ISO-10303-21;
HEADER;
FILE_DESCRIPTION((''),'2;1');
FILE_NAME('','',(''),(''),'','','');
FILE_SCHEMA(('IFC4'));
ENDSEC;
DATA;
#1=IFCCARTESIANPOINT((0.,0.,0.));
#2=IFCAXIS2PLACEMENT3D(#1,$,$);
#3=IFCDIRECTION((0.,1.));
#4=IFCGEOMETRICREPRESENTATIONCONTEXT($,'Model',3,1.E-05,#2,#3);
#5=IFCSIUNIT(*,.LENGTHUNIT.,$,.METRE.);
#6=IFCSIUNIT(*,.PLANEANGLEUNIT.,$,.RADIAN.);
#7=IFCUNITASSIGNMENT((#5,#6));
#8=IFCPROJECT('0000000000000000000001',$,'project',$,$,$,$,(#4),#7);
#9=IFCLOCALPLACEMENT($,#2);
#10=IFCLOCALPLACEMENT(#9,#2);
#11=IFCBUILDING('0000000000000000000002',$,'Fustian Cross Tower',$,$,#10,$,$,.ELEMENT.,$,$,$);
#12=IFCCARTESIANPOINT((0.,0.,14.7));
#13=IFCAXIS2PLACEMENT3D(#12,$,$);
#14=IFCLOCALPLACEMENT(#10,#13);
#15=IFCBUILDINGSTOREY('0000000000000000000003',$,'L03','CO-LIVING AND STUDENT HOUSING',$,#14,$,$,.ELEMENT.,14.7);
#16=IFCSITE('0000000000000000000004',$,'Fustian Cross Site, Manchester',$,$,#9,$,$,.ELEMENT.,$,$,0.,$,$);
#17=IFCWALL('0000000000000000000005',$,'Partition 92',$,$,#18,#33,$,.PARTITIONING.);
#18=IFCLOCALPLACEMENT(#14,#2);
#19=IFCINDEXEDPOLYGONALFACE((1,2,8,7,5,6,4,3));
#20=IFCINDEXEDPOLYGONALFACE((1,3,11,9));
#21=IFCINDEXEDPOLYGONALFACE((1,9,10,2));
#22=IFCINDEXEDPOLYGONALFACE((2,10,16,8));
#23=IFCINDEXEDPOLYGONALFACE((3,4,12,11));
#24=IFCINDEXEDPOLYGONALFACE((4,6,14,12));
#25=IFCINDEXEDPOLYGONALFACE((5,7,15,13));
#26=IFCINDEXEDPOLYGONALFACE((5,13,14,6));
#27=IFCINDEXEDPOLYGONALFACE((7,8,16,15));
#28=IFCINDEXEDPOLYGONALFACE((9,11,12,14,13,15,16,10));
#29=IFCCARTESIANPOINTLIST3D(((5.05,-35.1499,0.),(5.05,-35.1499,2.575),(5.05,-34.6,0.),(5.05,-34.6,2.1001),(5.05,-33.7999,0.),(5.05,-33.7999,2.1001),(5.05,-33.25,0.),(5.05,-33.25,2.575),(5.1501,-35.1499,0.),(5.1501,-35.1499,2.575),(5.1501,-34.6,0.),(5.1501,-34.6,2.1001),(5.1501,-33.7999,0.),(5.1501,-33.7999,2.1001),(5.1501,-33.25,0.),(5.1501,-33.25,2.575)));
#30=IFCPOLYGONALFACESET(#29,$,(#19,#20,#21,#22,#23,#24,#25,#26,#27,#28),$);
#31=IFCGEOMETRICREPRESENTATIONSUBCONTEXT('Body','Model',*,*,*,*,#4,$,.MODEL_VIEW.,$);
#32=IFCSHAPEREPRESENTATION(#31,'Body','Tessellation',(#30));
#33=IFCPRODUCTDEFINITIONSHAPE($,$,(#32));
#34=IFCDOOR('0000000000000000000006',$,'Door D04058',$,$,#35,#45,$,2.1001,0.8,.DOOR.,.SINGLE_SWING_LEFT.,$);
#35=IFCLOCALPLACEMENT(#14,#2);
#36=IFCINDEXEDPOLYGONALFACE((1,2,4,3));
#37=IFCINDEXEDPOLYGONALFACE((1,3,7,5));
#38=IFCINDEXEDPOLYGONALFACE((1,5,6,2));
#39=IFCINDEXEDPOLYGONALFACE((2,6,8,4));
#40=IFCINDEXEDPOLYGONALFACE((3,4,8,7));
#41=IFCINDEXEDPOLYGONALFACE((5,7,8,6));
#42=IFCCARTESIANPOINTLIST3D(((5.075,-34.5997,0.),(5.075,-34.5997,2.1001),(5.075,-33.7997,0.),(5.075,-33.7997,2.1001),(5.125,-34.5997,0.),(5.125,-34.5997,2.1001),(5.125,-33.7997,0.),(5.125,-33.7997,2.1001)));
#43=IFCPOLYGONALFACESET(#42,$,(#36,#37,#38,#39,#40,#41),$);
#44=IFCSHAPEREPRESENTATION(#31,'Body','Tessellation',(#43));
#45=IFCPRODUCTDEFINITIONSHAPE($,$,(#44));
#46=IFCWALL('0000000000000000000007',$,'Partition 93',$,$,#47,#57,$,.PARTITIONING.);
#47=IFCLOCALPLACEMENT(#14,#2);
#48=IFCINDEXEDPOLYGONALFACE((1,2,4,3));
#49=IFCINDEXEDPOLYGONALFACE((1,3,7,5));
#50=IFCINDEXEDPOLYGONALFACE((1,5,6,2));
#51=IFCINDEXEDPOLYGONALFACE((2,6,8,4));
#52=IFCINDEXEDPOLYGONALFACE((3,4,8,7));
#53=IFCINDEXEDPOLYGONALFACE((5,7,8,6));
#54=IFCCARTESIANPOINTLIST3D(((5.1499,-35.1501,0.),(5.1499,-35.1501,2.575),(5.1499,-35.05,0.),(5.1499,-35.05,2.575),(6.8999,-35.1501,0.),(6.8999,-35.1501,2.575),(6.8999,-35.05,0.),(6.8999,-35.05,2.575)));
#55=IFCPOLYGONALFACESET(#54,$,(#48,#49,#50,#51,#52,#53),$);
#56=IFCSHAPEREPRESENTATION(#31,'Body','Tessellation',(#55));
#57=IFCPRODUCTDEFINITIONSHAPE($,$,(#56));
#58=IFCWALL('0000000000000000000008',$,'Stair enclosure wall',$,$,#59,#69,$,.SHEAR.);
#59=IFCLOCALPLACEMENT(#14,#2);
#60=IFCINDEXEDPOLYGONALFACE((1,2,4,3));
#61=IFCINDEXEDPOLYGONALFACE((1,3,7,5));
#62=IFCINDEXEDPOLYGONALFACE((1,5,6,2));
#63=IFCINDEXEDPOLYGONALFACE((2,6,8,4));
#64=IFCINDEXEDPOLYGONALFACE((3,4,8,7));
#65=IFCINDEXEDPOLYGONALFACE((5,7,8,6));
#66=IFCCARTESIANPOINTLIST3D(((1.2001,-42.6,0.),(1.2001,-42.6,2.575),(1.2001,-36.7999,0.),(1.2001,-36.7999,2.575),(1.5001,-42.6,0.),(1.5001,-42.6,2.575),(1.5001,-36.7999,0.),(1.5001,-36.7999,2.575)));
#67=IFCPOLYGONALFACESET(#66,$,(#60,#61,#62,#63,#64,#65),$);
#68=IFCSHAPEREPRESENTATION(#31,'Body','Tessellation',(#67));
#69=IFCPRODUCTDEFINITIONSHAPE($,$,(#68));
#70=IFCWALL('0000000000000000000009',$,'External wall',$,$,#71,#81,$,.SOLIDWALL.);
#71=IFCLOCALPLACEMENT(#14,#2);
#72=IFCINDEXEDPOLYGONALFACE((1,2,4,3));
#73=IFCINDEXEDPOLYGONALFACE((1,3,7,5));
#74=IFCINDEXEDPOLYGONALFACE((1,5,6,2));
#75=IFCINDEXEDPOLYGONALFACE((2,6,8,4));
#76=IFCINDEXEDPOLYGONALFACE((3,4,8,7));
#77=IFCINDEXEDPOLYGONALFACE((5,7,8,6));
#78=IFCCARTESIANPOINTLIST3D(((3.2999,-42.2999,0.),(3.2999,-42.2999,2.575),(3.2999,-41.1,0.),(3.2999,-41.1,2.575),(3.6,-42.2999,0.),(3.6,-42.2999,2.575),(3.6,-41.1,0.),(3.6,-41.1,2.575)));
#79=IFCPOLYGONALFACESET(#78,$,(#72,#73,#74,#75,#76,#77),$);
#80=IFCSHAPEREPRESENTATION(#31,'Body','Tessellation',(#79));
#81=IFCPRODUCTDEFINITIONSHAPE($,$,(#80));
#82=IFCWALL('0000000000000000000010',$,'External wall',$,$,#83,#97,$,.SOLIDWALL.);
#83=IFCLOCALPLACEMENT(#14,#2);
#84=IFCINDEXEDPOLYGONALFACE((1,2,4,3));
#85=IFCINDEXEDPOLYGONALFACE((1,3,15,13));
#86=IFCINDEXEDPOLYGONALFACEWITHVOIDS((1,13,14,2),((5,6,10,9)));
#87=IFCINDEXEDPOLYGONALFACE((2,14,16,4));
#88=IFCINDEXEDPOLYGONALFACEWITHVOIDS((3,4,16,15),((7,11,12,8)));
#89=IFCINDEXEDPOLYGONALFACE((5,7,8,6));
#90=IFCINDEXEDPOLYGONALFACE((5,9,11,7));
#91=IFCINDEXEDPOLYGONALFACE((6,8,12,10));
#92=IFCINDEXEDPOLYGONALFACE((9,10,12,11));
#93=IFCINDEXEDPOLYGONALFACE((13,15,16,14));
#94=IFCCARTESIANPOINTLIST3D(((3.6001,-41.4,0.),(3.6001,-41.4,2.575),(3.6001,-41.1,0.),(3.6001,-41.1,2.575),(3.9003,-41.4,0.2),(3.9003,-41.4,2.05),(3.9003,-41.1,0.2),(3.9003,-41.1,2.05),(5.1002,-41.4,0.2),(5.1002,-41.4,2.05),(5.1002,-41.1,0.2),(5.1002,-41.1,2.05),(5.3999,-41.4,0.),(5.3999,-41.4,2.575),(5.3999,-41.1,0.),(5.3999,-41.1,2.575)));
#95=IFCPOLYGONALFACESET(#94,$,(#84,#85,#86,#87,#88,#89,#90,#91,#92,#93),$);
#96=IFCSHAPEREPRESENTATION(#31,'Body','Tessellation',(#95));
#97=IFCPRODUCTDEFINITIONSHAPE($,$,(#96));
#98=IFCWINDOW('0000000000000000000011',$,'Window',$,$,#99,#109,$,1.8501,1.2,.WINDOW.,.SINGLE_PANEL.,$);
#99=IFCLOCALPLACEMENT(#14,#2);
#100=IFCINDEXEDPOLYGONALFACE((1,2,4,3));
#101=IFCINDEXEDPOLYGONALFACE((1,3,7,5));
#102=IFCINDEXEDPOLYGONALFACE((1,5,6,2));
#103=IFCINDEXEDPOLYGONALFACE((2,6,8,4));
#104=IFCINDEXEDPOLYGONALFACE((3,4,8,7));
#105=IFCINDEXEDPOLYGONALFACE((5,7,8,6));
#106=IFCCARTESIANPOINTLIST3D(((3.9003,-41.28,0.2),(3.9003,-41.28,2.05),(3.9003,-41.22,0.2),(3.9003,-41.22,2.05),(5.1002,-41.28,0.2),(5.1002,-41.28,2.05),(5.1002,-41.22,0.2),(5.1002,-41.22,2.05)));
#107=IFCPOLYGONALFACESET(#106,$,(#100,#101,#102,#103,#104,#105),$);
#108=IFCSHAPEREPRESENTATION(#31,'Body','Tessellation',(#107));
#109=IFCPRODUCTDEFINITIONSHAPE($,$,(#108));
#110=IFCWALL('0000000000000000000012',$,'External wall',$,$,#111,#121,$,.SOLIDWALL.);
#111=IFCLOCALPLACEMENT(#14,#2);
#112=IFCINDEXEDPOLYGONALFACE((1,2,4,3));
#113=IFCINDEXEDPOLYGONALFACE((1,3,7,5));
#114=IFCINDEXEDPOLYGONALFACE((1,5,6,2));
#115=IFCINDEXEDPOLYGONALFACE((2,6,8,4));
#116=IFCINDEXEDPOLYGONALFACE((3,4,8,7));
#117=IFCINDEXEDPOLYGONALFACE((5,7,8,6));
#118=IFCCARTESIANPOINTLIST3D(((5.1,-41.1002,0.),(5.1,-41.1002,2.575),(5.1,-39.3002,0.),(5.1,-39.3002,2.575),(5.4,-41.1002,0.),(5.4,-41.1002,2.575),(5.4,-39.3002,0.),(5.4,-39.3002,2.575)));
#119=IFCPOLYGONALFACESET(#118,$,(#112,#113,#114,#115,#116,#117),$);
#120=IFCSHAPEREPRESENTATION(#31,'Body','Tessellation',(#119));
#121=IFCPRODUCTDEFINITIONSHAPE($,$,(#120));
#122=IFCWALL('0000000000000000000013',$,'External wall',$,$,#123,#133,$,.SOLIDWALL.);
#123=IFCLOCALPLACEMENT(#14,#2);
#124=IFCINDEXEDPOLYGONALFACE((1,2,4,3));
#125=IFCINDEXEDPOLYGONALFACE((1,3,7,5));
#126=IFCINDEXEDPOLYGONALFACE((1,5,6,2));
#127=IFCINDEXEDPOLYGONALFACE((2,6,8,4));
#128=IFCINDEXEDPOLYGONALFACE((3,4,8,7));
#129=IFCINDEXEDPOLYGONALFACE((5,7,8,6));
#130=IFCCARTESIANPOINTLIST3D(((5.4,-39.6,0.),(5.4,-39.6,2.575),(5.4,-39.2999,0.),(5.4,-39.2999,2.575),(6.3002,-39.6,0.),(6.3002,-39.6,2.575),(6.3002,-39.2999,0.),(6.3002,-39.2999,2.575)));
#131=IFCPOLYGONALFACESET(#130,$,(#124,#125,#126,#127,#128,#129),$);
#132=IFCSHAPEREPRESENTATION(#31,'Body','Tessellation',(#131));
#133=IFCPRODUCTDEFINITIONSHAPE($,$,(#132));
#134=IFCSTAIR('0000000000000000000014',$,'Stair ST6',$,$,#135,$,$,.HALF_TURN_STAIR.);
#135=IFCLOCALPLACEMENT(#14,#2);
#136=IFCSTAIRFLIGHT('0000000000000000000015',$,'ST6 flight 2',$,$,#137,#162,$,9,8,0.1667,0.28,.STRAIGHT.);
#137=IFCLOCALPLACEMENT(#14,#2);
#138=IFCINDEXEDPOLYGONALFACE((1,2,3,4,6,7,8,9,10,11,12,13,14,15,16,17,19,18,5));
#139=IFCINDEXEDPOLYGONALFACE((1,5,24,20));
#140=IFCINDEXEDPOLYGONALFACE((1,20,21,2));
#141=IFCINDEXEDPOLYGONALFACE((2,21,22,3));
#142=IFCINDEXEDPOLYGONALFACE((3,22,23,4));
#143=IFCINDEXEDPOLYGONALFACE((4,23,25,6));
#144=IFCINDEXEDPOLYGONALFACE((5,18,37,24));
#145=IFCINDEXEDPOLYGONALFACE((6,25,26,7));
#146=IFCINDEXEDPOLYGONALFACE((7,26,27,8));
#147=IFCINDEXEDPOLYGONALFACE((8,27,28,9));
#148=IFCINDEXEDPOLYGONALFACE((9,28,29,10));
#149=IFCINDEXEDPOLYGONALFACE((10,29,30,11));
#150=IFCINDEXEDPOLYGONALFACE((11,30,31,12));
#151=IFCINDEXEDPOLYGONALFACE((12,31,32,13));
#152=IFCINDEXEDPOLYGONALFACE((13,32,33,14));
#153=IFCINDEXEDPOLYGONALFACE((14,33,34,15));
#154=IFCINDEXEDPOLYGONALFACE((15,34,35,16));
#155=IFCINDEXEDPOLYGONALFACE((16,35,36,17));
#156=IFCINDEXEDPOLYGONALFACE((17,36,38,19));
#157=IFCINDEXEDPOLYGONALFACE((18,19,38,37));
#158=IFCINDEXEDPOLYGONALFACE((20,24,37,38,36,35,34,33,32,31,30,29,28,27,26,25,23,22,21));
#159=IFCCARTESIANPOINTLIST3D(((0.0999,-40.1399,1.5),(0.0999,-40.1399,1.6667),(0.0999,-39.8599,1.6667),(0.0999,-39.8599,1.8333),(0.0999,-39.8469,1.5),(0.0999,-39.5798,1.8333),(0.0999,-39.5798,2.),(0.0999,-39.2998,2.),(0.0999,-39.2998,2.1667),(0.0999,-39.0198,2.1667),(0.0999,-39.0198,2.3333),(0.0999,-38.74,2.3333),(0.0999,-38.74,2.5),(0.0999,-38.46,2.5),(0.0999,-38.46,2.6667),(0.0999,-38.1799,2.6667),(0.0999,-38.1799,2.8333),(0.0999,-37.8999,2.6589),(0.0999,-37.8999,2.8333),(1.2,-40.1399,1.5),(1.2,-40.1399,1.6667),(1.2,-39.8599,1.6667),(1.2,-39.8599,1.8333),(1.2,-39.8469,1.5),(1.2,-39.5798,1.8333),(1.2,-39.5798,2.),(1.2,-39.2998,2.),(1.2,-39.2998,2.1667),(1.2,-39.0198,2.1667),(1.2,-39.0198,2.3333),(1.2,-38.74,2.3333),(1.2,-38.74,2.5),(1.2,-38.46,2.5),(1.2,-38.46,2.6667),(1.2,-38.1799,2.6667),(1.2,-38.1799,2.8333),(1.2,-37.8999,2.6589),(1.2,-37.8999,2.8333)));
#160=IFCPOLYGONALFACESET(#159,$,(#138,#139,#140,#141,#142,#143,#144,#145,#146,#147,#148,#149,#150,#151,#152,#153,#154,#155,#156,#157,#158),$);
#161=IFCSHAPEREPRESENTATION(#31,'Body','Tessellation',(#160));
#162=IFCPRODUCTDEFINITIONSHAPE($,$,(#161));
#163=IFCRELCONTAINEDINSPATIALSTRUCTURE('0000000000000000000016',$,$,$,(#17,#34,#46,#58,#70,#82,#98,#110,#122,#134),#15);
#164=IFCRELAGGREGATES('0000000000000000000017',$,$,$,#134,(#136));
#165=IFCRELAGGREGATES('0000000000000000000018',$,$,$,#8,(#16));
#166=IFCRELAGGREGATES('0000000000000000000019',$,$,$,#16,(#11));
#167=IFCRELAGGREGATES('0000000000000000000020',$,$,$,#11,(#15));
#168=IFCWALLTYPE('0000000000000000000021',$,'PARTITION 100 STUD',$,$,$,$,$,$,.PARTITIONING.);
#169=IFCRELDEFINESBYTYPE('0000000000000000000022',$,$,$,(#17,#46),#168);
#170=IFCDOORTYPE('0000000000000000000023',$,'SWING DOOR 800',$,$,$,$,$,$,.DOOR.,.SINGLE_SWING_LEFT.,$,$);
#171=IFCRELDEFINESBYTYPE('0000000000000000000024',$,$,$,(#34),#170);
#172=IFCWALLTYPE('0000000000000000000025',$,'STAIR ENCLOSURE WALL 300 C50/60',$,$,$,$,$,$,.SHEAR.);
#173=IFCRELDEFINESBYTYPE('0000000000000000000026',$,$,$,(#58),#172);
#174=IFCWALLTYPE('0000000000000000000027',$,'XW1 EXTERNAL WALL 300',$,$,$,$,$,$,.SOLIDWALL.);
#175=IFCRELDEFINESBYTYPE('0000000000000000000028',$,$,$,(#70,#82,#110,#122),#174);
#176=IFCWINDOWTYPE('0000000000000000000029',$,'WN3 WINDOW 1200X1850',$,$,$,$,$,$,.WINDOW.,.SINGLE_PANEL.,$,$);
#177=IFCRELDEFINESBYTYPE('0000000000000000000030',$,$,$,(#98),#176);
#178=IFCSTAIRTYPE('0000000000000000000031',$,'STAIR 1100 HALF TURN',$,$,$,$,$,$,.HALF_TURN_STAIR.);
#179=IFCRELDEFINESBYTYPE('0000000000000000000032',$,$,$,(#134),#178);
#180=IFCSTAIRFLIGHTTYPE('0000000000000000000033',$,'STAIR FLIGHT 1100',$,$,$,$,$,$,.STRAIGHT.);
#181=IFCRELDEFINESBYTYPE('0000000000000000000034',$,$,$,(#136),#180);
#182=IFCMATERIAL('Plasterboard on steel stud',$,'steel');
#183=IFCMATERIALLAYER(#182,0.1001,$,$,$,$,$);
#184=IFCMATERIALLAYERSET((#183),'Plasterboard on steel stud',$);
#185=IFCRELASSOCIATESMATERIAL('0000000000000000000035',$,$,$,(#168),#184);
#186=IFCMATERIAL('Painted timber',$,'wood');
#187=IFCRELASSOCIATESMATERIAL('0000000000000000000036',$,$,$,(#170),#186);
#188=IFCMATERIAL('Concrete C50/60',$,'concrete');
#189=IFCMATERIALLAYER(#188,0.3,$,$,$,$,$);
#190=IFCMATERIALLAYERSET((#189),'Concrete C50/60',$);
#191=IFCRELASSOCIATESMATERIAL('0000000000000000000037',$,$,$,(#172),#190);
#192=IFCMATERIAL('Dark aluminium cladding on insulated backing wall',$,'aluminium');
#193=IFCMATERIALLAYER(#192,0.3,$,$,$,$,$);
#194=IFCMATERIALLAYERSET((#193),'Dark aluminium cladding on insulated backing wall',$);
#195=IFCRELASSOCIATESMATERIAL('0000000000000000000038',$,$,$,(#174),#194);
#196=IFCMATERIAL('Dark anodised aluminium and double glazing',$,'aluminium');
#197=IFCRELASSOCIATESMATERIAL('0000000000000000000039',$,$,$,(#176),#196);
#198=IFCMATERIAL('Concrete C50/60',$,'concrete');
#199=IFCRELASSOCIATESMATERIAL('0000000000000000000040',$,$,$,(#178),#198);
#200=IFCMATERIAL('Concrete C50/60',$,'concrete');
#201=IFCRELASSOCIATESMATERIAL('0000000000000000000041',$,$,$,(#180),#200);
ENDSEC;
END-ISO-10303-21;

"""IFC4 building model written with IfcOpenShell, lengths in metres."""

from ifc_helpers import new_model, si_unit, direction, frame, frame_2d, origin, place, context, subcontext, project, spatial, polyline, rectangle, outline, extrude, material, layer, layer_set, type_object, element, fill, aggregate, save


model = new_model("IFC4")

# Units and contexts
model_context = context("Model", 3, precision=1e-05, world=origin(), true_north=direction((0.0, 1.0)))
body_context = subcontext(model_context, "Body", "Model", "MODEL_VIEW")
ifc_project = project(units=[si_unit("LENGTHUNIT", "METRE"), si_unit("PLANEANGLEUNIT", "RADIAN")], contexts=[model_context])

# Site, building, storey
site_placement = place(None, origin())
site = spatial("IfcSite", under=ifc_project, at=site_placement, Name="Fustian Cross Site, Manchester", CompositionType="ELEMENT", RefElevation=0.0)
building_placement = place(site_placement, origin())
building = spatial("IfcBuilding", under=site, at=building_placement, Name="Fustian Cross Tower", CompositionType="ELEMENT")
storey_placement = place(building_placement, frame((0.0, 0.0, 14.7)))
storey = spatial("IfcBuildingStorey", under=building, at=storey_placement, Name="L03", Description="CO-LIVING AND STUDENT HOUSING", CompositionType="ELEMENT", Elevation=14.7)

# Wall, opening, door
ifc_material_1 = material(Name="Plasterboard on steel stud", Category="steel")
ifc_layer_1 = layer(ifc_material_1, 0.1001)
ifc_layer_set_1 = layer_set([ifc_layer_1], Name="Plasterboard on steel stud")
wall_type_1 = type_object("IfcWallType", Name="PARTITION 100 STUD", PredefinedType="PARTITIONING", material=ifc_layer_set_1)
wall_1_placement = place(storey_placement, frame((5.1001, -35.1499, 0.0), z_axis=(0.0, 0.0, 1.0), x_axis=(0.0, 1.0, 0.0)))
wall_1 = element("IfcWall", 1, at=wall_1_placement, inside=storey, type_object=wall_type_1, Name="Partition 92", PredefinedType="PARTITIONING", context=body_context, shape_type="SweptSolid", body=[
    extrude(rectangle(XDim=1.8999, YDim=0.1001, at=frame_2d((0.95, 0.0))), origin(), (0.0, 0.0, 1.0), 2.575),
])
opening_1_placement = place(wall_1_placement, frame((0.55, 0.0, 0.0)))
opening_1 = element("IfcOpeningElement", 2, at=opening_1_placement, cuts=wall_1, PredefinedType="OPENING", context=body_context, shape_type="SweptSolid", body=[
    extrude(rectangle(XDim=0.8, YDim=2.1001, at=frame_2d((0.3999, 1.05))), frame((0.0, 0.0601, 0.0), z_axis=(0.0, -1.0, 0.0), x_axis=(1.0, 0.0, 0.0)), (0.0, 0.0, 1.0), 0.1201),
])
ifc_material_2 = material(Name="Painted timber", Category="wood")
door_type_1 = type_object("IfcDoorType", Name="SWING DOOR 800", OperationType="SINGLE_SWING_LEFT", PredefinedType="DOOR", material=ifc_material_2)
door_1_placement = place(opening_1_placement, frame((0.8, 0.0, 0.0), z_axis=(0.0, 0.0, 1.0), x_axis=(-1.0, 0.0, 0.0)))
door_1 = element("IfcDoor", 3, at=door_1_placement, inside=storey, type_object=door_type_1, Name="Door D04058", OperationType="SINGLE_SWING_LEFT", OverallHeight=2.1001, OverallWidth=0.8, PredefinedType="DOOR", context=body_context, shape_type="SweptSolid", body=[
    extrude(rectangle(XDim=0.8, YDim=2.1001, at=frame_2d((0.3999, 1.05))), frame((0.0, 0.0249, 0.0), z_axis=(0.0, -1.0, 0.0), x_axis=(1.0, 0.0, 0.0)), (0.0, 0.0, 1.0), 0.05),
])
fill(opening_1, door_1)

# Walls
wall_2_placement = place(storey_placement, frame((5.1499, -35.1001, 0.0), z_axis=(0.0, 0.0, 1.0), x_axis=(1.0, 0.0, 0.0)))
element("IfcWall", 4, at=wall_2_placement, inside=storey, type_object=wall_type_1, Name="Partition 93", PredefinedType="PARTITIONING", context=body_context, shape_type="SweptSolid", body=[
    extrude(rectangle(XDim=1.75, YDim=0.1001, at=frame_2d((0.875, 0.0))), origin(), (0.0, 0.0, 1.0), 2.575),
])
ifc_material_3 = material(Name="Concrete C50/60", Category="concrete")
ifc_layer_2 = layer(ifc_material_3, 0.3)
ifc_layer_set_2 = layer_set([ifc_layer_2], Name="Concrete C50/60")
wall_type_2 = type_object("IfcWallType", Name="STAIR ENCLOSURE WALL 300 C50/60", PredefinedType="SHEAR", material=ifc_layer_set_2)
wall_3_placement = place(storey_placement, frame((1.3501, -36.8, 0.0), z_axis=(0.0, 0.0, 1.0), x_axis=(0.0, -1.0, 0.0)))
element("IfcWall", 5, at=wall_3_placement, inside=storey, type_object=wall_type_2, Name="Stair enclosure wall", PredefinedType="SHEAR", context=body_context, shape_type="SweptSolid", body=[
    extrude(rectangle(XDim=5.8, YDim=0.3, at=frame_2d((2.8999, 0.0))), origin(), (0.0, 0.0, 1.0), 2.575),
])
ifc_material_4 = material(Name="Dark aluminium cladding on insulated backing wall", Category="aluminium")
ifc_layer_3 = layer(ifc_material_4, 0.3)
ifc_layer_set_3 = layer_set([ifc_layer_3], Name="Dark aluminium cladding on insulated backing wall")
wall_type_3 = type_object("IfcWallType", Name="XW1 EXTERNAL WALL 300", PredefinedType="SOLIDWALL", material=ifc_layer_set_3)
wall_4_placement = place(storey_placement, frame((3.45, -42.3, 0.0), z_axis=(0.0, 0.0, 1.0), x_axis=(0.0, 1.0, 0.0)))
element("IfcWall", 6, at=wall_4_placement, inside=storey, type_object=wall_type_3, Name="External wall", PredefinedType="SOLIDWALL", context=body_context, shape_type="SweptSolid", body=[
    extrude(rectangle(XDim=1.2, YDim=0.3, at=frame_2d((0.6001, 0.0))), origin(), (0.0, 0.0, 1.0), 2.575),
])

# Wall, opening, window
wall_5_placement = place(storey_placement, frame((3.6001, -41.25, 0.0), z_axis=(0.0, 0.0, 1.0), x_axis=(1.0, 0.0, 0.0)))
wall_5 = element("IfcWall", 7, at=wall_5_placement, inside=storey, type_object=wall_type_3, Name="External wall", PredefinedType="SOLIDWALL", context=body_context, shape_type="SweptSolid", body=[
    extrude(rectangle(XDim=1.7998, YDim=0.3, at=frame_2d((0.8999, 0.0))), origin(), (0.0, 0.0, 1.0), 2.575),
])
opening_2_placement = place(wall_5_placement, frame((0.3, 0.0, 0.2)))
opening_2 = element("IfcOpeningElement", 8, at=opening_2_placement, cuts=wall_5, PredefinedType="OPENING", context=body_context, shape_type="SweptSolid", body=[
    extrude(rectangle(XDim=1.2, YDim=1.8501, at=frame_2d((0.6001, 0.925))), frame((0.0, 0.1599, 0.0), z_axis=(0.0, -1.0, 0.0), x_axis=(1.0, 0.0, 0.0)), (0.0, 0.0, 1.0), 0.3201),
])
ifc_material_5 = material(Name="Dark anodised aluminium and double glazing", Category="aluminium")
window_type = type_object("IfcWindowType", Name="WN3 WINDOW 1200X1850", PartitioningType="SINGLE_PANEL", PredefinedType="WINDOW", material=ifc_material_5)
window_placement = place(opening_2_placement, origin())
window = element("IfcWindow", 9, at=window_placement, inside=storey, type_object=window_type, Name="Window", OverallHeight=1.8501, OverallWidth=1.2, PartitioningType="SINGLE_PANEL", PredefinedType="WINDOW", context=body_context, shape_type="SweptSolid", body=[
    extrude(rectangle(XDim=1.2, YDim=1.8501, at=frame_2d((0.6001, 0.925))), frame((0.0, 0.03, 0.0), z_axis=(0.0, -1.0, 0.0), x_axis=(1.0, 0.0, 0.0)), (0.0, 0.0, 1.0), 0.0601),
])
fill(opening_2, window)

# Walls
wall_6_placement = place(storey_placement, frame((5.25, -41.1001, 0.0), z_axis=(0.0, 0.0, 1.0), x_axis=(0.0, 1.0, 0.0)))
element("IfcWall", 10, at=wall_6_placement, inside=storey, type_object=wall_type_3, Name="External wall", PredefinedType="SOLIDWALL", context=body_context, shape_type="SweptSolid", body=[
    extrude(rectangle(XDim=1.8, YDim=0.3, at=frame_2d((0.8999, 0.0))), origin(), (0.0, 0.0, 1.0), 2.575),
])
wall_7_placement = place(storey_placement, frame((5.3999, -39.45, 0.0), z_axis=(0.0, 0.0, 1.0), x_axis=(1.0, 0.0, 0.0)))
element("IfcWall", 11, at=wall_7_placement, inside=storey, type_object=wall_type_3, Name="External wall", PredefinedType="SOLIDWALL", context=body_context, shape_type="SweptSolid", body=[
    extrude(rectangle(XDim=0.9001, YDim=0.3, at=frame_2d((0.4502, 0.0))), origin(), (0.0, 0.0, 1.0), 2.575),
])

# Stair, stair flight
ifc_material_6 = material(Name="Concrete C50/60", Category="concrete")
stair_type = type_object("IfcStairType", Name="STAIR 1100 HALF TURN", PredefinedType="HALF_TURN_STAIR", material=ifc_material_6)
stair_placement = place(storey_placement, origin())
stair = element("IfcStair", 12, at=stair_placement, inside=storey, type_object=stair_type, Name="Stair ST6", PredefinedType="HALF_TURN_STAIR")
ifc_material_7 = material(Name="Concrete C50/60", Category="concrete")
stair_flight_type = type_object("IfcStairFlightType", Name="STAIR FLIGHT 1100", PredefinedType="STRAIGHT", material=ifc_material_7)
stair_flight_placement = place(storey_placement, frame((0.6499, -40.1399, 1.5), z_axis=(0.0, 0.0, 1.0), x_axis=(0.0, 1.0, 0.0)))
stair_flight = element("IfcStairFlight", 13, at=stair_flight_placement, type_object=stair_flight_type, Name="ST6 flight 2", NumberOfRisers=9, NumberOfTreads=8, PredefinedType="STRAIGHT", RiserHeight=0.1667, TreadLength=0.28, context=body_context, shape_type="SweptSolid", body=[
    extrude(outline(polyline([(0.0, 0.0), (0.0, 0.1667), (0.28, 0.1667), (0.28, 0.3333), (0.5601, 0.3333), (0.5601, 0.5), (0.8401, 0.5), (0.8401, 0.6667), (1.1201, 0.6667), (1.1201, 0.8333), (1.3999, 0.8333), (1.3999, 1.0), (1.6799, 1.0), (1.6799, 1.1667), (1.96, 1.1667), (1.96, 1.3333), (2.24, 1.3333), (2.24, 1.5), (2.24, 1.1589), (0.293, 0.0), (0.0, 0.0)])), frame((0.0, 0.55, 0.0), z_axis=(0.0, -1.0, 0.0), x_axis=(1.0, 0.0, 0.0)), (0.0, 0.0, 1.0), 1.1001),
])
aggregate(stair, [stair_flight])

save(model, "model.ifc")
